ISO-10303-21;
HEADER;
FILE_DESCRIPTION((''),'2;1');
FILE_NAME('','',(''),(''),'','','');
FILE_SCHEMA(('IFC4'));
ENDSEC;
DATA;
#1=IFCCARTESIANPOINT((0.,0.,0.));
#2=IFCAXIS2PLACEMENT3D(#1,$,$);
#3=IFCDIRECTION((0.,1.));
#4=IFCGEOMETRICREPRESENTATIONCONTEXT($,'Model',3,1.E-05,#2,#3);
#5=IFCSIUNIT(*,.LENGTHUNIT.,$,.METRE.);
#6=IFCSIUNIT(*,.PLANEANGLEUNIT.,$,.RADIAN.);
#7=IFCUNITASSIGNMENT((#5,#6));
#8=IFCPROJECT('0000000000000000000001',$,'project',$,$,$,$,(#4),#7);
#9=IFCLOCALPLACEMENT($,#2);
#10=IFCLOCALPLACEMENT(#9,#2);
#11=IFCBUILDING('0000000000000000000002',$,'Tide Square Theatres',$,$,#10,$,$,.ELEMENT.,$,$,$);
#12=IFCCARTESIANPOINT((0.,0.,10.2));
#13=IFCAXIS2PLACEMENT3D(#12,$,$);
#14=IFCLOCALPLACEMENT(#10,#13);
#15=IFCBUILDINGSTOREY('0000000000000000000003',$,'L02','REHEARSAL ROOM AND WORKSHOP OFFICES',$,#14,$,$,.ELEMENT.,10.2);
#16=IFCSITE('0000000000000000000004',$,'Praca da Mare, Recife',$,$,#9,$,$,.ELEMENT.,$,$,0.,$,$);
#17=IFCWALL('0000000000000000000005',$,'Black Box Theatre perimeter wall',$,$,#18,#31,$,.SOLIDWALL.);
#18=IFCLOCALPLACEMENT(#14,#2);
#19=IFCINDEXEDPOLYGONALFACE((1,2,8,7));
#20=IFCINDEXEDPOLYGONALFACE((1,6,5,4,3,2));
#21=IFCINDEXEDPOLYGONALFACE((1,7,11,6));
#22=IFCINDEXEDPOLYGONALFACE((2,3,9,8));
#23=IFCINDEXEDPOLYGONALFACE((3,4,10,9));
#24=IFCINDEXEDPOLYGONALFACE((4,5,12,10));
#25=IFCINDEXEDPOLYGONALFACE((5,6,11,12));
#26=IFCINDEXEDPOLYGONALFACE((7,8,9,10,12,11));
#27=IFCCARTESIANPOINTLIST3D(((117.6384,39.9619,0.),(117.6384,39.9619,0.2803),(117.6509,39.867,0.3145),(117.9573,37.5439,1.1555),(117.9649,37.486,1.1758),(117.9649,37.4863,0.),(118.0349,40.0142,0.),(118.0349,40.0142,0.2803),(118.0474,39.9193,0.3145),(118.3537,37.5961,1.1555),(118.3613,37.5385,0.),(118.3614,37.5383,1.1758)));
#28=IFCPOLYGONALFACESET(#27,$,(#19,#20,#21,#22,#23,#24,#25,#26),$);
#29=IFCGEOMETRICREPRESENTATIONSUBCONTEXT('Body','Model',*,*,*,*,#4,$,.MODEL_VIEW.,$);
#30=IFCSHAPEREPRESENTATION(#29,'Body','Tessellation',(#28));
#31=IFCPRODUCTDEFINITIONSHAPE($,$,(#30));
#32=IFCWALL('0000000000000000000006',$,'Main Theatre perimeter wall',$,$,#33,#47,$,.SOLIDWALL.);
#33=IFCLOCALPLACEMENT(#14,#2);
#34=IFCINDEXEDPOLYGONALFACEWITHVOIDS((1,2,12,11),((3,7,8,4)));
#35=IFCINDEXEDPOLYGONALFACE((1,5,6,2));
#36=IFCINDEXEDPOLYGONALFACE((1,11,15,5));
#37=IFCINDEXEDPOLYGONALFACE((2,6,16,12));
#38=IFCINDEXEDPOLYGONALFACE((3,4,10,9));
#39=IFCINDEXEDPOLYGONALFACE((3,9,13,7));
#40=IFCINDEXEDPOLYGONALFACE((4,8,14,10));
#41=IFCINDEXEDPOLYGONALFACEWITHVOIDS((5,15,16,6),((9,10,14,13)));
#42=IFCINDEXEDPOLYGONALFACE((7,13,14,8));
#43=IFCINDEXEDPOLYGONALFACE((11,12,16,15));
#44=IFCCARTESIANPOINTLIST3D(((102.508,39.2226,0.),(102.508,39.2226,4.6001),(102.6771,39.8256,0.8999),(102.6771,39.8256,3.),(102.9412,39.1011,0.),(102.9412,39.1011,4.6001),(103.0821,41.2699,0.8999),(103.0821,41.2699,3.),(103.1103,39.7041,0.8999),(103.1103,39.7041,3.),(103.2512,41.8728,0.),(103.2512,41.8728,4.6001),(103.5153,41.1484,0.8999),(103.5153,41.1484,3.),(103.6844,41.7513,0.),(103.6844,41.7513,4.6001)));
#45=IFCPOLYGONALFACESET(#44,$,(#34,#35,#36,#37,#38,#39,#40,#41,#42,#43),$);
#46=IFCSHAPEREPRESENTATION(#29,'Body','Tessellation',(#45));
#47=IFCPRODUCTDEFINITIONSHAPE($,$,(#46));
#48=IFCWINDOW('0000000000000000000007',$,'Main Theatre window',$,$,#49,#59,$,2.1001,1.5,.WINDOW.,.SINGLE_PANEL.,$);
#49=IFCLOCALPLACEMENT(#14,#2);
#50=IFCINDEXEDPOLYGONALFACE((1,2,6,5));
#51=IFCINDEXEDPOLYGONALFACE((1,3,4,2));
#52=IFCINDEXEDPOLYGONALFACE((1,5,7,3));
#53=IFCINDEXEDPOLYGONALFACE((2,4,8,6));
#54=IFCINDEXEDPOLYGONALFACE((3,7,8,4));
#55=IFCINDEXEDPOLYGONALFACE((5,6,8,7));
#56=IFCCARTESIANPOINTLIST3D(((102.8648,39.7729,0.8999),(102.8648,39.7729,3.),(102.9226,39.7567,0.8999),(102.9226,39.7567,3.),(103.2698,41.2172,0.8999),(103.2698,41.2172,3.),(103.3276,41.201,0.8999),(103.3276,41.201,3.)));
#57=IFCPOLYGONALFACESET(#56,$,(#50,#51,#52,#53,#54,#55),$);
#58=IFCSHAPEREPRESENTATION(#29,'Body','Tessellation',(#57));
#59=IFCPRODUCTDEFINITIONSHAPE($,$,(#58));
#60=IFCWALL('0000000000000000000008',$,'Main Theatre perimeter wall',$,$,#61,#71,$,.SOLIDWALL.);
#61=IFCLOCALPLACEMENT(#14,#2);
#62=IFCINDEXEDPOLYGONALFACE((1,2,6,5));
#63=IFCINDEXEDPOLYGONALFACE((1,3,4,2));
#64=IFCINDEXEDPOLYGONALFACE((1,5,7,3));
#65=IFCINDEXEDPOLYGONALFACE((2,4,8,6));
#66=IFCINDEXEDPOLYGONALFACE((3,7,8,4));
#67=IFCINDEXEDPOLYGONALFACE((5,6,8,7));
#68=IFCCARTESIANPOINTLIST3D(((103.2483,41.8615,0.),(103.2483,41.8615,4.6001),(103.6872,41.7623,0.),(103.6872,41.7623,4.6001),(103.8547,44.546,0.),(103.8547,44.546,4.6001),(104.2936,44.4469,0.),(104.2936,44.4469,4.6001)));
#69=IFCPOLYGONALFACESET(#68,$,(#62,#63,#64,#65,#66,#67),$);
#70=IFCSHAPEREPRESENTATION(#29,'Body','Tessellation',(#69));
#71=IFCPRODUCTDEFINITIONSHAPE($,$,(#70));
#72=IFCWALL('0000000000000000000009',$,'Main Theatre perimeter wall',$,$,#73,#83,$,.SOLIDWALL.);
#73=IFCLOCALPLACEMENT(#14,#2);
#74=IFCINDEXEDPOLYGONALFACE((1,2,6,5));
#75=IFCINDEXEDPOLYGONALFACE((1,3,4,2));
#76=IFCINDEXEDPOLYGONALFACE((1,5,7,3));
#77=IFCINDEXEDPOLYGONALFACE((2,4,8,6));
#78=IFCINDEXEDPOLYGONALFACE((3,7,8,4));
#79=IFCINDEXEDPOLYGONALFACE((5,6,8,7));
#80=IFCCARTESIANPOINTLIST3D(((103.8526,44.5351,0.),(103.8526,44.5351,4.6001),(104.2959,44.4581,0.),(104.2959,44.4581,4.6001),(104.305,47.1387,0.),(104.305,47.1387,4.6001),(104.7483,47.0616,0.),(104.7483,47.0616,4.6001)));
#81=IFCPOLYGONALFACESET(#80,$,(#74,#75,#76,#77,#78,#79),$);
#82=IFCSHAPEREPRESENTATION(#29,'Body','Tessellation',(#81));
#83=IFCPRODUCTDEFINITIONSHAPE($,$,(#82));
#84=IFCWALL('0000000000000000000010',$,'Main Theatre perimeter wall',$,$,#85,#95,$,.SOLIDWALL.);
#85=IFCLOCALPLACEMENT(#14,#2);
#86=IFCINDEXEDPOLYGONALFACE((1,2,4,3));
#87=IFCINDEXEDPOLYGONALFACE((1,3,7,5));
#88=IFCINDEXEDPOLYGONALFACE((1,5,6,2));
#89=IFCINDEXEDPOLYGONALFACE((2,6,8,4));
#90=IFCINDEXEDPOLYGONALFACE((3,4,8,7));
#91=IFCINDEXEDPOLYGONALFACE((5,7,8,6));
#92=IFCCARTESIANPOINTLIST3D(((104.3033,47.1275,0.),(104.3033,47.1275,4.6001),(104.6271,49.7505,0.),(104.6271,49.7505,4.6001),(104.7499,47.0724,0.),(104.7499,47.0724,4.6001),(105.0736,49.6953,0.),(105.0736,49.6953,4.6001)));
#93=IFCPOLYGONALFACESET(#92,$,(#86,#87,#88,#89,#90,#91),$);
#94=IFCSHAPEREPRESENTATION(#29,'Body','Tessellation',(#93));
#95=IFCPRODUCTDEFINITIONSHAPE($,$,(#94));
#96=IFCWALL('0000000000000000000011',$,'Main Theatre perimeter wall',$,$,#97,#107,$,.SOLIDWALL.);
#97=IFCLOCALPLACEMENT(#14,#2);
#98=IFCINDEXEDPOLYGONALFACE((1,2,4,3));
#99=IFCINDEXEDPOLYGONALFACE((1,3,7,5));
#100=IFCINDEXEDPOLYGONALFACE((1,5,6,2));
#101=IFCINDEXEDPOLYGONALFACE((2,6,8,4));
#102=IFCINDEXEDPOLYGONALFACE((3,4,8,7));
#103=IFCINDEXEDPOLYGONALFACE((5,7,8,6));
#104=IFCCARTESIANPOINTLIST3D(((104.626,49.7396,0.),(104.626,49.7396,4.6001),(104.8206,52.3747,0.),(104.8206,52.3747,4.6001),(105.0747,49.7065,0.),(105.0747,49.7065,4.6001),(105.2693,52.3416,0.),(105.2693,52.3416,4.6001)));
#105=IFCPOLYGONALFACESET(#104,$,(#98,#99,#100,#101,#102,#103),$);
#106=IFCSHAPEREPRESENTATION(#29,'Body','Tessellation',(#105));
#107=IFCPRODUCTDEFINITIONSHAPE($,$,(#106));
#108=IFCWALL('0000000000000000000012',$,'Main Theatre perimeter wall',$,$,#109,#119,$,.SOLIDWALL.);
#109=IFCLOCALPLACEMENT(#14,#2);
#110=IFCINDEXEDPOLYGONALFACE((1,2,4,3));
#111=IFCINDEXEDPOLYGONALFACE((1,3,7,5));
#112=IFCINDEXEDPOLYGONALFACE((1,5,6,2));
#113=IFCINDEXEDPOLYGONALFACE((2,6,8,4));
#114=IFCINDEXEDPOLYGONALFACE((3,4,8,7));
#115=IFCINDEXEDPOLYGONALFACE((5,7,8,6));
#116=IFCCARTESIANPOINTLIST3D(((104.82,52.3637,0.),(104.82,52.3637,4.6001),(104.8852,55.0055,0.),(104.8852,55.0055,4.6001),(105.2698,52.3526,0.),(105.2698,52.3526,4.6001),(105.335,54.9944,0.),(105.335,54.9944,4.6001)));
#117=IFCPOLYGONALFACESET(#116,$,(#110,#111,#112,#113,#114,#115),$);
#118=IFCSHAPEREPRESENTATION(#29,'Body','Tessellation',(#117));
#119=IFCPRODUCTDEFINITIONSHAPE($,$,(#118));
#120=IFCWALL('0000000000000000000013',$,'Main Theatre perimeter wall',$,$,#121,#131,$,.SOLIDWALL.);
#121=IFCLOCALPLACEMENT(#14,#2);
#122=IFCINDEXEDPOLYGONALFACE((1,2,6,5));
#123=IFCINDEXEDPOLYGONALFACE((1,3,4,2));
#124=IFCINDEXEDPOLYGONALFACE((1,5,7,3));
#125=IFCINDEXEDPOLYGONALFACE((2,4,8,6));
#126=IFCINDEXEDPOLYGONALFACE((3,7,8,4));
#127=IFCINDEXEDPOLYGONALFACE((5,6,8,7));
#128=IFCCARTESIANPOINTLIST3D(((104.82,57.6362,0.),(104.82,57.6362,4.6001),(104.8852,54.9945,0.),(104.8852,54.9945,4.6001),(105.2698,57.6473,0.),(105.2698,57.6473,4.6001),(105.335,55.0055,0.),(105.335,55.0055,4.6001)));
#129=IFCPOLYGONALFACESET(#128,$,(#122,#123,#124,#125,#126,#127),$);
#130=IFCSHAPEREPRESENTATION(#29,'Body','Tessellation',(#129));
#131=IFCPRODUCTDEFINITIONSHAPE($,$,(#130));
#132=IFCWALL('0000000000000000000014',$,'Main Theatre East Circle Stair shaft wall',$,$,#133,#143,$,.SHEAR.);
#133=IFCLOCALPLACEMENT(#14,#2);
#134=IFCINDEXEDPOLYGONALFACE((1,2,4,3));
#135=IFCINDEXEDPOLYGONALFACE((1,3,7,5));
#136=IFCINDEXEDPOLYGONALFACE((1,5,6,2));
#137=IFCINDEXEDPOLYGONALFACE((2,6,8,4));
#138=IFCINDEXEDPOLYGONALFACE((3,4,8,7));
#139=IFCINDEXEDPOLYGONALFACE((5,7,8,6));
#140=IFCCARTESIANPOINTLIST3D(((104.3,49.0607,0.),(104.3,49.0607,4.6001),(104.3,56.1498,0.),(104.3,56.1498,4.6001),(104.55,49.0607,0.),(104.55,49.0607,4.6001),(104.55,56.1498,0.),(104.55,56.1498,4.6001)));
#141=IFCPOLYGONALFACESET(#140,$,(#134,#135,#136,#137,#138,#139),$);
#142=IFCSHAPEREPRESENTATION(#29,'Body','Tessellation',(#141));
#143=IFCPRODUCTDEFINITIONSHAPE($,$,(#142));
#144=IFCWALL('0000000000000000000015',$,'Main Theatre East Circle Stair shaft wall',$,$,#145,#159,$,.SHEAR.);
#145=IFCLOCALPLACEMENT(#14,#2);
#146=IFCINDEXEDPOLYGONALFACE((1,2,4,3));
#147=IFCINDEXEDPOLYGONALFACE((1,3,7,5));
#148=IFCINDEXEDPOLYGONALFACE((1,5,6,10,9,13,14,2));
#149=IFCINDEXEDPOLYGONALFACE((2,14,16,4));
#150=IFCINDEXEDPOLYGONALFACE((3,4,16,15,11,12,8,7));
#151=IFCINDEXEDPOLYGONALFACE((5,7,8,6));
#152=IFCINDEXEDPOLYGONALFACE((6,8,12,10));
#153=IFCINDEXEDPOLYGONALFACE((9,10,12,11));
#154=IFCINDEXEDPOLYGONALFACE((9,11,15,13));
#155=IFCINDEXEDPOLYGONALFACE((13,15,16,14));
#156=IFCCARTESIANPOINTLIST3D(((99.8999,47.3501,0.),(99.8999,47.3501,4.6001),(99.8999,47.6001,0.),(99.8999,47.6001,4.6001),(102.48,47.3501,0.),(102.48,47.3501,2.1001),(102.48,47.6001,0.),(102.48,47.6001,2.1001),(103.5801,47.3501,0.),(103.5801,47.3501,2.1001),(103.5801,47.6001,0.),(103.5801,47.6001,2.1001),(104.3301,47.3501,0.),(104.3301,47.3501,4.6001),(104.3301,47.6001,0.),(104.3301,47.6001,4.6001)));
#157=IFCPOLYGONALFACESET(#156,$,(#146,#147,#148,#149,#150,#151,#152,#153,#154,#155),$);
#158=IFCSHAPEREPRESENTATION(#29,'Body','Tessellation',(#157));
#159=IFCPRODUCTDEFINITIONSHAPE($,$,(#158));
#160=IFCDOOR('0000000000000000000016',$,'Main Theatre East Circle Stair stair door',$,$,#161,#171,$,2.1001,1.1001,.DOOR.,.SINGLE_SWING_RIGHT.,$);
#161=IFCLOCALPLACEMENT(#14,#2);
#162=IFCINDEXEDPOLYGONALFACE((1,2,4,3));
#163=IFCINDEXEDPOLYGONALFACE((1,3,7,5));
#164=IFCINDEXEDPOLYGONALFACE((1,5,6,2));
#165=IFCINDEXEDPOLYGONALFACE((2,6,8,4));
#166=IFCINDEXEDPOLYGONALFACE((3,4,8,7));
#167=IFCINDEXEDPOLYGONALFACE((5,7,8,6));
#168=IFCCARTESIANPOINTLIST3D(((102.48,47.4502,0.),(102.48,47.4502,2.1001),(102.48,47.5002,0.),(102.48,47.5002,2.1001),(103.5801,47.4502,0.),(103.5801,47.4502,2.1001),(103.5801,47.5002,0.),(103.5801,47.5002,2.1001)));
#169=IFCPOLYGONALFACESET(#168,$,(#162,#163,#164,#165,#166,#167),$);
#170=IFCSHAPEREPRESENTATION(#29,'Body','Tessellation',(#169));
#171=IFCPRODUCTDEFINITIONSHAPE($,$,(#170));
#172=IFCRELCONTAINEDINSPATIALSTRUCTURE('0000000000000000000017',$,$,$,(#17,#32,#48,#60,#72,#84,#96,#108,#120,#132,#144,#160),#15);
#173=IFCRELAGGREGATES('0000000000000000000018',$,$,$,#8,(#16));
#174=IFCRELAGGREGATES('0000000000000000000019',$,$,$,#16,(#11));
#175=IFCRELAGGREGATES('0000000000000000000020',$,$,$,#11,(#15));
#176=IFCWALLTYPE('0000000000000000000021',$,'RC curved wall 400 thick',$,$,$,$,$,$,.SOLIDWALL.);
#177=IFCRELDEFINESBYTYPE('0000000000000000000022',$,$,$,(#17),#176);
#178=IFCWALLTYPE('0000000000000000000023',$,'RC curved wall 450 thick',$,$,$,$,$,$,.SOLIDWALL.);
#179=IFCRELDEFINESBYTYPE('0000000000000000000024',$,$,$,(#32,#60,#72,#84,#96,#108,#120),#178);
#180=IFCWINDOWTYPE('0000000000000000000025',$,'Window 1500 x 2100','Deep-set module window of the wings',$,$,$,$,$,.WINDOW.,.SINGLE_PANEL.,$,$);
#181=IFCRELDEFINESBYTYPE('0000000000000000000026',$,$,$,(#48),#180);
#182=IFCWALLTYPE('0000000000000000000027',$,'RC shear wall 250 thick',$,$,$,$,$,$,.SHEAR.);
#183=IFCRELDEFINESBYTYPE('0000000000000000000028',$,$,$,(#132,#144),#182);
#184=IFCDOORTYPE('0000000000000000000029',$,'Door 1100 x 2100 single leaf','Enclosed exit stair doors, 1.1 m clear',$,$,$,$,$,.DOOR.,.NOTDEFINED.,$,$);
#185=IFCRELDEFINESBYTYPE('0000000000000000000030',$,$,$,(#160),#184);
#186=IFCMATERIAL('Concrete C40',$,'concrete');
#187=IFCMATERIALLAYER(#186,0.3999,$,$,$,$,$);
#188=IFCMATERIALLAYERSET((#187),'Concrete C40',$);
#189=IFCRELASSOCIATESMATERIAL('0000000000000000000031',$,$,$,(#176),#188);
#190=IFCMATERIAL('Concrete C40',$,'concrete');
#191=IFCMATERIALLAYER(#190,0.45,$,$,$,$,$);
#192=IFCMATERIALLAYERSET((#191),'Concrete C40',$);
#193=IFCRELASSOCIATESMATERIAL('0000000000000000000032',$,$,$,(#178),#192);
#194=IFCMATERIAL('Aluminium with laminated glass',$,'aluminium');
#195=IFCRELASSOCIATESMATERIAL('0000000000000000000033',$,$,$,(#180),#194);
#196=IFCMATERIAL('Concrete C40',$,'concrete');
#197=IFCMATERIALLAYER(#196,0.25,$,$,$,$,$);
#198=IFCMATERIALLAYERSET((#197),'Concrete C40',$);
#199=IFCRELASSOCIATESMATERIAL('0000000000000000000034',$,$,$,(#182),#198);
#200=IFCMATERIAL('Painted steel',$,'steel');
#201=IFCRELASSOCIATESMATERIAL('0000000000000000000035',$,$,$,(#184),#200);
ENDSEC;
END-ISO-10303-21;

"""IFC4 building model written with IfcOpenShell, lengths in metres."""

from ifc_helpers import new_model, si_unit, direction, frame, frame_2d, origin, place, context, subcontext, project, spatial, polyline, rectangle, outline, extrude, material, layer, layer_set, type_object, element, fill, save


model = new_model("IFC4")

# Units and contexts
model_context = context("Model", 3, precision=1e-05, world=origin(), true_north=direction((0.0, 1.0)))
body_context = subcontext(model_context, "Body", "Model", "MODEL_VIEW")
ifc_project = project(units=[si_unit("LENGTHUNIT", "METRE"), si_unit("PLANEANGLEUNIT", "RADIAN")], contexts=[model_context])

# Site, building, storey
site_placement = place(None, origin())
site = spatial("IfcSite", under=ifc_project, at=site_placement, Name="Praca da Mare, Recife", CompositionType="ELEMENT", RefElevation=0.0)
building_placement = place(site_placement, origin())
building = spatial("IfcBuilding", under=site, at=building_placement, Name="Tide Square Theatres", CompositionType="ELEMENT")
storey_placement = place(building_placement, frame((0.0, 0.0, 10.2)))
storey = spatial("IfcBuildingStorey", under=building, at=storey_placement, Name="L02", Description="REHEARSAL ROOM AND WORKSHOP OFFICES", CompositionType="ELEMENT", Elevation=10.2)

# Wall
ifc_material_1 = material(Name="Concrete C40", Category="concrete")
ifc_layer_1 = layer(ifc_material_1, 0.3999)
ifc_layer_set_1 = layer_set([ifc_layer_1], Name="Concrete C40")
wall_type_1 = type_object("IfcWallType", Name="RC curved wall 400 thick", PredefinedType="SOLIDWALL", material=ifc_layer_set_1)
wall_1_placement = place(storey_placement, frame((117.8367, 39.988, 0.0), z_axis=(0.0, 0.0, 1.0), x_axis=(0.130723, -0.991419, 0.0)))
element("IfcWall", 1, at=wall_1_placement, inside=storey, type_object=wall_type_1, Name="Black Box Theatre perimeter wall", PredefinedType="SOLIDWALL", context=body_context, shape_type="SweptSolid", body=[
    extrude(outline(polyline([(0.0, 0.0), (2.4971, 0.0), (2.4973, 1.1758), (2.439, 1.1555), (0.0957, 0.3145), (0.0, 0.2803), (0.0, 0.0)])), frame((0.0, 0.2, 0.0), z_axis=(0.0, -1.0, 0.0), x_axis=(1.0, 0.0, 0.0)), (0.0, 0.0, 1.0), 0.3999),
])

# Wall, opening, window
ifc_material_2 = material(Name="Concrete C40", Category="concrete")
ifc_layer_2 = layer(ifc_material_2, 0.45)
ifc_layer_set_2 = layer_set([ifc_layer_2], Name="Concrete C40")
wall_type_2 = type_object("IfcWallType", Name="RC curved wall 450 thick", PredefinedType="SOLIDWALL", material=ifc_layer_set_2)
wall_2_placement = place(storey_placement, frame((102.7246, 39.1619, 0.0), z_axis=(0.0, 0.0, 1.0), x_axis=(0.270008, 0.962858, 0.0)))
wall_2 = element("IfcWall", 2, at=wall_2_placement, inside=storey, type_object=wall_type_2, Name="Main Theatre perimeter wall", PredefinedType="SOLIDWALL", context=body_context, shape_type="SweptSolid", body=[
    extrude(rectangle(XDim=2.7524, YDim=0.45, at=frame_2d((1.3762, 0.0))), origin(), (0.0, 0.0, 1.0), 4.6001),
])
opening_1_placement = place(wall_2_placement, frame((0.6262, 0.0, 0.8999)))
opening_1 = element("IfcOpeningElement", 3, at=opening_1_placement, cuts=wall_2, PredefinedType="OPENING", context=body_context, shape_type="SweptSolid", body=[
    extrude(rectangle(XDim=1.5, YDim=2.1001, at=frame_2d((0.75, 1.05))), frame((0.0, 0.2349, 0.0), z_axis=(0.0, -1.0, 0.0), x_axis=(1.0, 0.0, 0.0)), (0.0, 0.0, 1.0), 0.47),
])
ifc_material_3 = material(Name="Aluminium with laminated glass", Category="aluminium")
window_type = type_object("IfcWindowType", Name="Window 1500 x 2100", Description="Deep-set module window of the wings", PartitioningType="SINGLE_PANEL", PredefinedType="WINDOW", material=ifc_material_3)
window_placement = place(opening_1_placement, origin())
window = element("IfcWindow", 4, at=window_placement, inside=storey, type_object=window_type, Name="Main Theatre window", OverallHeight=2.1001, OverallWidth=1.5, PartitioningType="SINGLE_PANEL", PredefinedType="WINDOW", context=body_context, shape_type="SweptSolid", body=[
    extrude(rectangle(XDim=1.5, YDim=2.1001, at=frame_2d((0.75, 1.05))), frame((0.0, 0.03, 0.0), z_axis=(0.0, -1.0, 0.0), x_axis=(1.0, 0.0, 0.0)), (0.0, 0.0, 1.0), 0.0601),
])
fill(opening_1, window)

# Walls
wall_3_placement = place(storey_placement, frame((103.4678, 41.812, 0.0), z_axis=(0.0, 0.0, 1.0), x_axis=(0.220348, 0.975421, 0.0)))
element("IfcWall", 5, at=wall_3_placement, inside=storey, type_object=wall_type_2, Name="Main Theatre perimeter wall", PredefinedType="SOLIDWALL", context=body_context, shape_type="SweptSolid", body=[
    extrude(rectangle(XDim=2.7522, YDim=0.45, at=frame_2d((1.376, 0.0))), origin(), (0.0, 0.0, 1.0), 4.6001),
])
wall_4_placement = place(storey_placement, frame((104.0742, 44.4966, 0.0), z_axis=(0.0, 0.0, 1.0), x_axis=(0.171197, 0.985237, 0.0)))
element("IfcWall", 6, at=wall_4_placement, inside=storey, type_object=wall_type_2, Name="Main Theatre perimeter wall", PredefinedType="SOLIDWALL", context=body_context, shape_type="SweptSolid", body=[
    extrude(rectangle(XDim=2.6426, YDim=0.45, at=frame_2d((1.3213, 0.0))), origin(), (0.0, 0.0, 1.0), 4.6001),
])
wall_5_placement = place(storey_placement, frame((104.5266, 47.1001, 0.0), z_axis=(0.0, 0.0, 1.0), x_axis=(0.1225, 0.992469, 0.0)))
element("IfcWall", 7, at=wall_5_placement, inside=storey, type_object=wall_type_2, Name="Main Theatre perimeter wall", PredefinedType="SOLIDWALL", context=body_context, shape_type="SweptSolid", body=[
    extrude(rectangle(XDim=2.6428, YDim=0.45, at=frame_2d((1.3213, 0.0))), origin(), (0.0, 0.0, 1.0), 4.6001),
])
wall_6_placement = place(storey_placement, frame((104.8503, 49.7229, 0.0), z_axis=(0.0, 0.0, 1.0), x_axis=(0.073637, 0.997285, 0.0)))
element("IfcWall", 8, at=wall_6_placement, inside=storey, type_object=wall_type_2, Name="Main Theatre perimeter wall", PredefinedType="SOLIDWALL", context=body_context, shape_type="SweptSolid", body=[
    extrude(rectangle(XDim=2.6423, YDim=0.45, at=frame_2d((1.3213, 0.0))), origin(), (0.0, 0.0, 1.0), 4.6001),
])
for number, where, z_axis, x_axis, name in (
    (9, (105.0449, 52.3582, 0.0), (0.0, 0.0, 1.0), (0.024667, 0.999696, 0.0), "Main Theatre perimeter wall"),
    (10, (105.1101, 55.0, 0.0), (0.0, 0.0, 1.0), (-0.024667, 0.999696, 0.0), "Main Theatre perimeter wall"),
):
    element("IfcWall", number, at=place(storey_placement, frame(where, z_axis=z_axis, x_axis=x_axis)), inside=storey, type_object=wall_type_2, Name=name, PredefinedType="SOLIDWALL", context=body_context, shape_type="SweptSolid", body=[
        extrude(rectangle(XDim=2.6426, YDim=0.45, at=frame_2d((1.3213, 0.0))), origin(), (0.0, 0.0, 1.0), 4.6001),
    ])
ifc_material_4 = material(Name="Concrete C40", Category="concrete")
ifc_layer_3 = layer(ifc_material_4, 0.25)
ifc_layer_set_3 = layer_set([ifc_layer_3], Name="Concrete C40")
wall_type_3 = type_object("IfcWallType", Name="RC shear wall 250 thick", PredefinedType="SHEAR", material=ifc_layer_set_3)
wall_7_placement = place(storey_placement, frame((104.425, 49.0608, 0.0), z_axis=(0.0, 0.0, 1.0), x_axis=(0.0, 1.0, 0.0)))
element("IfcWall", 11, at=wall_7_placement, inside=storey, type_object=wall_type_3, Name="Main Theatre East Circle Stair shaft wall", PredefinedType="SHEAR", context=body_context, shape_type="SweptSolid", body=[
    extrude(rectangle(XDim=7.0891, YDim=0.25, at=frame_2d((3.5444, 0.0))), origin(), (0.0, 0.0, 1.0), 4.6001),
])

# Wall, opening, door
wall_8_placement = place(storey_placement, frame((104.3301, 47.4751, 0.0), z_axis=(0.0, 0.0, 1.0), x_axis=(-1.0, 0.0, 0.0)))
wall_8 = element("IfcWall", 12, at=wall_8_placement, inside=storey, type_object=wall_type_3, Name="Main Theatre East Circle Stair shaft wall", PredefinedType="SHEAR", context=body_context, shape_type="SweptSolid", body=[
    extrude(rectangle(XDim=4.4302, YDim=0.25, at=frame_2d((2.2151, 0.0))), origin(), (0.0, 0.0, 1.0), 4.6001),
])
opening_2_placement = place(wall_8_placement, frame((0.75, 0.0, 0.0)))
opening_2 = element("IfcOpeningElement", 13, at=opening_2_placement, cuts=wall_8, PredefinedType="OPENING", context=body_context, shape_type="SweptSolid", body=[
    extrude(rectangle(XDim=1.1001, YDim=2.1001, at=frame_2d((0.55, 1.05))), frame((0.0, 0.135, 0.0), z_axis=(0.0, -1.0, 0.0), x_axis=(1.0, 0.0, 0.0)), (0.0, 0.0, 1.0), 0.27),
])
ifc_material_5 = material(Name="Painted steel", Category="steel")
door_type = type_object("IfcDoorType", Name="Door 1100 x 2100 single leaf", Description="Enclosed exit stair doors, 1.1 m clear", OperationType="NOTDEFINED", PredefinedType="DOOR", material=ifc_material_5)
door_placement = place(opening_2_placement, origin())
door = element("IfcDoor", 14, at=door_placement, inside=storey, type_object=door_type, Name="Main Theatre East Circle Stair stair door", OperationType="SINGLE_SWING_RIGHT", OverallHeight=2.1001, OverallWidth=1.1001, PredefinedType="DOOR", context=body_context, shape_type="SweptSolid", body=[
    extrude(rectangle(XDim=1.1001, YDim=2.1001, at=frame_2d((0.55, 1.05))), frame((0.0, 0.0249, 0.0), z_axis=(0.0, -1.0, 0.0), x_axis=(1.0, 0.0, 0.0)), (0.0, 0.0, 1.0), 0.05),
])
fill(opening_2, door)

save(model, "model.ifc")
